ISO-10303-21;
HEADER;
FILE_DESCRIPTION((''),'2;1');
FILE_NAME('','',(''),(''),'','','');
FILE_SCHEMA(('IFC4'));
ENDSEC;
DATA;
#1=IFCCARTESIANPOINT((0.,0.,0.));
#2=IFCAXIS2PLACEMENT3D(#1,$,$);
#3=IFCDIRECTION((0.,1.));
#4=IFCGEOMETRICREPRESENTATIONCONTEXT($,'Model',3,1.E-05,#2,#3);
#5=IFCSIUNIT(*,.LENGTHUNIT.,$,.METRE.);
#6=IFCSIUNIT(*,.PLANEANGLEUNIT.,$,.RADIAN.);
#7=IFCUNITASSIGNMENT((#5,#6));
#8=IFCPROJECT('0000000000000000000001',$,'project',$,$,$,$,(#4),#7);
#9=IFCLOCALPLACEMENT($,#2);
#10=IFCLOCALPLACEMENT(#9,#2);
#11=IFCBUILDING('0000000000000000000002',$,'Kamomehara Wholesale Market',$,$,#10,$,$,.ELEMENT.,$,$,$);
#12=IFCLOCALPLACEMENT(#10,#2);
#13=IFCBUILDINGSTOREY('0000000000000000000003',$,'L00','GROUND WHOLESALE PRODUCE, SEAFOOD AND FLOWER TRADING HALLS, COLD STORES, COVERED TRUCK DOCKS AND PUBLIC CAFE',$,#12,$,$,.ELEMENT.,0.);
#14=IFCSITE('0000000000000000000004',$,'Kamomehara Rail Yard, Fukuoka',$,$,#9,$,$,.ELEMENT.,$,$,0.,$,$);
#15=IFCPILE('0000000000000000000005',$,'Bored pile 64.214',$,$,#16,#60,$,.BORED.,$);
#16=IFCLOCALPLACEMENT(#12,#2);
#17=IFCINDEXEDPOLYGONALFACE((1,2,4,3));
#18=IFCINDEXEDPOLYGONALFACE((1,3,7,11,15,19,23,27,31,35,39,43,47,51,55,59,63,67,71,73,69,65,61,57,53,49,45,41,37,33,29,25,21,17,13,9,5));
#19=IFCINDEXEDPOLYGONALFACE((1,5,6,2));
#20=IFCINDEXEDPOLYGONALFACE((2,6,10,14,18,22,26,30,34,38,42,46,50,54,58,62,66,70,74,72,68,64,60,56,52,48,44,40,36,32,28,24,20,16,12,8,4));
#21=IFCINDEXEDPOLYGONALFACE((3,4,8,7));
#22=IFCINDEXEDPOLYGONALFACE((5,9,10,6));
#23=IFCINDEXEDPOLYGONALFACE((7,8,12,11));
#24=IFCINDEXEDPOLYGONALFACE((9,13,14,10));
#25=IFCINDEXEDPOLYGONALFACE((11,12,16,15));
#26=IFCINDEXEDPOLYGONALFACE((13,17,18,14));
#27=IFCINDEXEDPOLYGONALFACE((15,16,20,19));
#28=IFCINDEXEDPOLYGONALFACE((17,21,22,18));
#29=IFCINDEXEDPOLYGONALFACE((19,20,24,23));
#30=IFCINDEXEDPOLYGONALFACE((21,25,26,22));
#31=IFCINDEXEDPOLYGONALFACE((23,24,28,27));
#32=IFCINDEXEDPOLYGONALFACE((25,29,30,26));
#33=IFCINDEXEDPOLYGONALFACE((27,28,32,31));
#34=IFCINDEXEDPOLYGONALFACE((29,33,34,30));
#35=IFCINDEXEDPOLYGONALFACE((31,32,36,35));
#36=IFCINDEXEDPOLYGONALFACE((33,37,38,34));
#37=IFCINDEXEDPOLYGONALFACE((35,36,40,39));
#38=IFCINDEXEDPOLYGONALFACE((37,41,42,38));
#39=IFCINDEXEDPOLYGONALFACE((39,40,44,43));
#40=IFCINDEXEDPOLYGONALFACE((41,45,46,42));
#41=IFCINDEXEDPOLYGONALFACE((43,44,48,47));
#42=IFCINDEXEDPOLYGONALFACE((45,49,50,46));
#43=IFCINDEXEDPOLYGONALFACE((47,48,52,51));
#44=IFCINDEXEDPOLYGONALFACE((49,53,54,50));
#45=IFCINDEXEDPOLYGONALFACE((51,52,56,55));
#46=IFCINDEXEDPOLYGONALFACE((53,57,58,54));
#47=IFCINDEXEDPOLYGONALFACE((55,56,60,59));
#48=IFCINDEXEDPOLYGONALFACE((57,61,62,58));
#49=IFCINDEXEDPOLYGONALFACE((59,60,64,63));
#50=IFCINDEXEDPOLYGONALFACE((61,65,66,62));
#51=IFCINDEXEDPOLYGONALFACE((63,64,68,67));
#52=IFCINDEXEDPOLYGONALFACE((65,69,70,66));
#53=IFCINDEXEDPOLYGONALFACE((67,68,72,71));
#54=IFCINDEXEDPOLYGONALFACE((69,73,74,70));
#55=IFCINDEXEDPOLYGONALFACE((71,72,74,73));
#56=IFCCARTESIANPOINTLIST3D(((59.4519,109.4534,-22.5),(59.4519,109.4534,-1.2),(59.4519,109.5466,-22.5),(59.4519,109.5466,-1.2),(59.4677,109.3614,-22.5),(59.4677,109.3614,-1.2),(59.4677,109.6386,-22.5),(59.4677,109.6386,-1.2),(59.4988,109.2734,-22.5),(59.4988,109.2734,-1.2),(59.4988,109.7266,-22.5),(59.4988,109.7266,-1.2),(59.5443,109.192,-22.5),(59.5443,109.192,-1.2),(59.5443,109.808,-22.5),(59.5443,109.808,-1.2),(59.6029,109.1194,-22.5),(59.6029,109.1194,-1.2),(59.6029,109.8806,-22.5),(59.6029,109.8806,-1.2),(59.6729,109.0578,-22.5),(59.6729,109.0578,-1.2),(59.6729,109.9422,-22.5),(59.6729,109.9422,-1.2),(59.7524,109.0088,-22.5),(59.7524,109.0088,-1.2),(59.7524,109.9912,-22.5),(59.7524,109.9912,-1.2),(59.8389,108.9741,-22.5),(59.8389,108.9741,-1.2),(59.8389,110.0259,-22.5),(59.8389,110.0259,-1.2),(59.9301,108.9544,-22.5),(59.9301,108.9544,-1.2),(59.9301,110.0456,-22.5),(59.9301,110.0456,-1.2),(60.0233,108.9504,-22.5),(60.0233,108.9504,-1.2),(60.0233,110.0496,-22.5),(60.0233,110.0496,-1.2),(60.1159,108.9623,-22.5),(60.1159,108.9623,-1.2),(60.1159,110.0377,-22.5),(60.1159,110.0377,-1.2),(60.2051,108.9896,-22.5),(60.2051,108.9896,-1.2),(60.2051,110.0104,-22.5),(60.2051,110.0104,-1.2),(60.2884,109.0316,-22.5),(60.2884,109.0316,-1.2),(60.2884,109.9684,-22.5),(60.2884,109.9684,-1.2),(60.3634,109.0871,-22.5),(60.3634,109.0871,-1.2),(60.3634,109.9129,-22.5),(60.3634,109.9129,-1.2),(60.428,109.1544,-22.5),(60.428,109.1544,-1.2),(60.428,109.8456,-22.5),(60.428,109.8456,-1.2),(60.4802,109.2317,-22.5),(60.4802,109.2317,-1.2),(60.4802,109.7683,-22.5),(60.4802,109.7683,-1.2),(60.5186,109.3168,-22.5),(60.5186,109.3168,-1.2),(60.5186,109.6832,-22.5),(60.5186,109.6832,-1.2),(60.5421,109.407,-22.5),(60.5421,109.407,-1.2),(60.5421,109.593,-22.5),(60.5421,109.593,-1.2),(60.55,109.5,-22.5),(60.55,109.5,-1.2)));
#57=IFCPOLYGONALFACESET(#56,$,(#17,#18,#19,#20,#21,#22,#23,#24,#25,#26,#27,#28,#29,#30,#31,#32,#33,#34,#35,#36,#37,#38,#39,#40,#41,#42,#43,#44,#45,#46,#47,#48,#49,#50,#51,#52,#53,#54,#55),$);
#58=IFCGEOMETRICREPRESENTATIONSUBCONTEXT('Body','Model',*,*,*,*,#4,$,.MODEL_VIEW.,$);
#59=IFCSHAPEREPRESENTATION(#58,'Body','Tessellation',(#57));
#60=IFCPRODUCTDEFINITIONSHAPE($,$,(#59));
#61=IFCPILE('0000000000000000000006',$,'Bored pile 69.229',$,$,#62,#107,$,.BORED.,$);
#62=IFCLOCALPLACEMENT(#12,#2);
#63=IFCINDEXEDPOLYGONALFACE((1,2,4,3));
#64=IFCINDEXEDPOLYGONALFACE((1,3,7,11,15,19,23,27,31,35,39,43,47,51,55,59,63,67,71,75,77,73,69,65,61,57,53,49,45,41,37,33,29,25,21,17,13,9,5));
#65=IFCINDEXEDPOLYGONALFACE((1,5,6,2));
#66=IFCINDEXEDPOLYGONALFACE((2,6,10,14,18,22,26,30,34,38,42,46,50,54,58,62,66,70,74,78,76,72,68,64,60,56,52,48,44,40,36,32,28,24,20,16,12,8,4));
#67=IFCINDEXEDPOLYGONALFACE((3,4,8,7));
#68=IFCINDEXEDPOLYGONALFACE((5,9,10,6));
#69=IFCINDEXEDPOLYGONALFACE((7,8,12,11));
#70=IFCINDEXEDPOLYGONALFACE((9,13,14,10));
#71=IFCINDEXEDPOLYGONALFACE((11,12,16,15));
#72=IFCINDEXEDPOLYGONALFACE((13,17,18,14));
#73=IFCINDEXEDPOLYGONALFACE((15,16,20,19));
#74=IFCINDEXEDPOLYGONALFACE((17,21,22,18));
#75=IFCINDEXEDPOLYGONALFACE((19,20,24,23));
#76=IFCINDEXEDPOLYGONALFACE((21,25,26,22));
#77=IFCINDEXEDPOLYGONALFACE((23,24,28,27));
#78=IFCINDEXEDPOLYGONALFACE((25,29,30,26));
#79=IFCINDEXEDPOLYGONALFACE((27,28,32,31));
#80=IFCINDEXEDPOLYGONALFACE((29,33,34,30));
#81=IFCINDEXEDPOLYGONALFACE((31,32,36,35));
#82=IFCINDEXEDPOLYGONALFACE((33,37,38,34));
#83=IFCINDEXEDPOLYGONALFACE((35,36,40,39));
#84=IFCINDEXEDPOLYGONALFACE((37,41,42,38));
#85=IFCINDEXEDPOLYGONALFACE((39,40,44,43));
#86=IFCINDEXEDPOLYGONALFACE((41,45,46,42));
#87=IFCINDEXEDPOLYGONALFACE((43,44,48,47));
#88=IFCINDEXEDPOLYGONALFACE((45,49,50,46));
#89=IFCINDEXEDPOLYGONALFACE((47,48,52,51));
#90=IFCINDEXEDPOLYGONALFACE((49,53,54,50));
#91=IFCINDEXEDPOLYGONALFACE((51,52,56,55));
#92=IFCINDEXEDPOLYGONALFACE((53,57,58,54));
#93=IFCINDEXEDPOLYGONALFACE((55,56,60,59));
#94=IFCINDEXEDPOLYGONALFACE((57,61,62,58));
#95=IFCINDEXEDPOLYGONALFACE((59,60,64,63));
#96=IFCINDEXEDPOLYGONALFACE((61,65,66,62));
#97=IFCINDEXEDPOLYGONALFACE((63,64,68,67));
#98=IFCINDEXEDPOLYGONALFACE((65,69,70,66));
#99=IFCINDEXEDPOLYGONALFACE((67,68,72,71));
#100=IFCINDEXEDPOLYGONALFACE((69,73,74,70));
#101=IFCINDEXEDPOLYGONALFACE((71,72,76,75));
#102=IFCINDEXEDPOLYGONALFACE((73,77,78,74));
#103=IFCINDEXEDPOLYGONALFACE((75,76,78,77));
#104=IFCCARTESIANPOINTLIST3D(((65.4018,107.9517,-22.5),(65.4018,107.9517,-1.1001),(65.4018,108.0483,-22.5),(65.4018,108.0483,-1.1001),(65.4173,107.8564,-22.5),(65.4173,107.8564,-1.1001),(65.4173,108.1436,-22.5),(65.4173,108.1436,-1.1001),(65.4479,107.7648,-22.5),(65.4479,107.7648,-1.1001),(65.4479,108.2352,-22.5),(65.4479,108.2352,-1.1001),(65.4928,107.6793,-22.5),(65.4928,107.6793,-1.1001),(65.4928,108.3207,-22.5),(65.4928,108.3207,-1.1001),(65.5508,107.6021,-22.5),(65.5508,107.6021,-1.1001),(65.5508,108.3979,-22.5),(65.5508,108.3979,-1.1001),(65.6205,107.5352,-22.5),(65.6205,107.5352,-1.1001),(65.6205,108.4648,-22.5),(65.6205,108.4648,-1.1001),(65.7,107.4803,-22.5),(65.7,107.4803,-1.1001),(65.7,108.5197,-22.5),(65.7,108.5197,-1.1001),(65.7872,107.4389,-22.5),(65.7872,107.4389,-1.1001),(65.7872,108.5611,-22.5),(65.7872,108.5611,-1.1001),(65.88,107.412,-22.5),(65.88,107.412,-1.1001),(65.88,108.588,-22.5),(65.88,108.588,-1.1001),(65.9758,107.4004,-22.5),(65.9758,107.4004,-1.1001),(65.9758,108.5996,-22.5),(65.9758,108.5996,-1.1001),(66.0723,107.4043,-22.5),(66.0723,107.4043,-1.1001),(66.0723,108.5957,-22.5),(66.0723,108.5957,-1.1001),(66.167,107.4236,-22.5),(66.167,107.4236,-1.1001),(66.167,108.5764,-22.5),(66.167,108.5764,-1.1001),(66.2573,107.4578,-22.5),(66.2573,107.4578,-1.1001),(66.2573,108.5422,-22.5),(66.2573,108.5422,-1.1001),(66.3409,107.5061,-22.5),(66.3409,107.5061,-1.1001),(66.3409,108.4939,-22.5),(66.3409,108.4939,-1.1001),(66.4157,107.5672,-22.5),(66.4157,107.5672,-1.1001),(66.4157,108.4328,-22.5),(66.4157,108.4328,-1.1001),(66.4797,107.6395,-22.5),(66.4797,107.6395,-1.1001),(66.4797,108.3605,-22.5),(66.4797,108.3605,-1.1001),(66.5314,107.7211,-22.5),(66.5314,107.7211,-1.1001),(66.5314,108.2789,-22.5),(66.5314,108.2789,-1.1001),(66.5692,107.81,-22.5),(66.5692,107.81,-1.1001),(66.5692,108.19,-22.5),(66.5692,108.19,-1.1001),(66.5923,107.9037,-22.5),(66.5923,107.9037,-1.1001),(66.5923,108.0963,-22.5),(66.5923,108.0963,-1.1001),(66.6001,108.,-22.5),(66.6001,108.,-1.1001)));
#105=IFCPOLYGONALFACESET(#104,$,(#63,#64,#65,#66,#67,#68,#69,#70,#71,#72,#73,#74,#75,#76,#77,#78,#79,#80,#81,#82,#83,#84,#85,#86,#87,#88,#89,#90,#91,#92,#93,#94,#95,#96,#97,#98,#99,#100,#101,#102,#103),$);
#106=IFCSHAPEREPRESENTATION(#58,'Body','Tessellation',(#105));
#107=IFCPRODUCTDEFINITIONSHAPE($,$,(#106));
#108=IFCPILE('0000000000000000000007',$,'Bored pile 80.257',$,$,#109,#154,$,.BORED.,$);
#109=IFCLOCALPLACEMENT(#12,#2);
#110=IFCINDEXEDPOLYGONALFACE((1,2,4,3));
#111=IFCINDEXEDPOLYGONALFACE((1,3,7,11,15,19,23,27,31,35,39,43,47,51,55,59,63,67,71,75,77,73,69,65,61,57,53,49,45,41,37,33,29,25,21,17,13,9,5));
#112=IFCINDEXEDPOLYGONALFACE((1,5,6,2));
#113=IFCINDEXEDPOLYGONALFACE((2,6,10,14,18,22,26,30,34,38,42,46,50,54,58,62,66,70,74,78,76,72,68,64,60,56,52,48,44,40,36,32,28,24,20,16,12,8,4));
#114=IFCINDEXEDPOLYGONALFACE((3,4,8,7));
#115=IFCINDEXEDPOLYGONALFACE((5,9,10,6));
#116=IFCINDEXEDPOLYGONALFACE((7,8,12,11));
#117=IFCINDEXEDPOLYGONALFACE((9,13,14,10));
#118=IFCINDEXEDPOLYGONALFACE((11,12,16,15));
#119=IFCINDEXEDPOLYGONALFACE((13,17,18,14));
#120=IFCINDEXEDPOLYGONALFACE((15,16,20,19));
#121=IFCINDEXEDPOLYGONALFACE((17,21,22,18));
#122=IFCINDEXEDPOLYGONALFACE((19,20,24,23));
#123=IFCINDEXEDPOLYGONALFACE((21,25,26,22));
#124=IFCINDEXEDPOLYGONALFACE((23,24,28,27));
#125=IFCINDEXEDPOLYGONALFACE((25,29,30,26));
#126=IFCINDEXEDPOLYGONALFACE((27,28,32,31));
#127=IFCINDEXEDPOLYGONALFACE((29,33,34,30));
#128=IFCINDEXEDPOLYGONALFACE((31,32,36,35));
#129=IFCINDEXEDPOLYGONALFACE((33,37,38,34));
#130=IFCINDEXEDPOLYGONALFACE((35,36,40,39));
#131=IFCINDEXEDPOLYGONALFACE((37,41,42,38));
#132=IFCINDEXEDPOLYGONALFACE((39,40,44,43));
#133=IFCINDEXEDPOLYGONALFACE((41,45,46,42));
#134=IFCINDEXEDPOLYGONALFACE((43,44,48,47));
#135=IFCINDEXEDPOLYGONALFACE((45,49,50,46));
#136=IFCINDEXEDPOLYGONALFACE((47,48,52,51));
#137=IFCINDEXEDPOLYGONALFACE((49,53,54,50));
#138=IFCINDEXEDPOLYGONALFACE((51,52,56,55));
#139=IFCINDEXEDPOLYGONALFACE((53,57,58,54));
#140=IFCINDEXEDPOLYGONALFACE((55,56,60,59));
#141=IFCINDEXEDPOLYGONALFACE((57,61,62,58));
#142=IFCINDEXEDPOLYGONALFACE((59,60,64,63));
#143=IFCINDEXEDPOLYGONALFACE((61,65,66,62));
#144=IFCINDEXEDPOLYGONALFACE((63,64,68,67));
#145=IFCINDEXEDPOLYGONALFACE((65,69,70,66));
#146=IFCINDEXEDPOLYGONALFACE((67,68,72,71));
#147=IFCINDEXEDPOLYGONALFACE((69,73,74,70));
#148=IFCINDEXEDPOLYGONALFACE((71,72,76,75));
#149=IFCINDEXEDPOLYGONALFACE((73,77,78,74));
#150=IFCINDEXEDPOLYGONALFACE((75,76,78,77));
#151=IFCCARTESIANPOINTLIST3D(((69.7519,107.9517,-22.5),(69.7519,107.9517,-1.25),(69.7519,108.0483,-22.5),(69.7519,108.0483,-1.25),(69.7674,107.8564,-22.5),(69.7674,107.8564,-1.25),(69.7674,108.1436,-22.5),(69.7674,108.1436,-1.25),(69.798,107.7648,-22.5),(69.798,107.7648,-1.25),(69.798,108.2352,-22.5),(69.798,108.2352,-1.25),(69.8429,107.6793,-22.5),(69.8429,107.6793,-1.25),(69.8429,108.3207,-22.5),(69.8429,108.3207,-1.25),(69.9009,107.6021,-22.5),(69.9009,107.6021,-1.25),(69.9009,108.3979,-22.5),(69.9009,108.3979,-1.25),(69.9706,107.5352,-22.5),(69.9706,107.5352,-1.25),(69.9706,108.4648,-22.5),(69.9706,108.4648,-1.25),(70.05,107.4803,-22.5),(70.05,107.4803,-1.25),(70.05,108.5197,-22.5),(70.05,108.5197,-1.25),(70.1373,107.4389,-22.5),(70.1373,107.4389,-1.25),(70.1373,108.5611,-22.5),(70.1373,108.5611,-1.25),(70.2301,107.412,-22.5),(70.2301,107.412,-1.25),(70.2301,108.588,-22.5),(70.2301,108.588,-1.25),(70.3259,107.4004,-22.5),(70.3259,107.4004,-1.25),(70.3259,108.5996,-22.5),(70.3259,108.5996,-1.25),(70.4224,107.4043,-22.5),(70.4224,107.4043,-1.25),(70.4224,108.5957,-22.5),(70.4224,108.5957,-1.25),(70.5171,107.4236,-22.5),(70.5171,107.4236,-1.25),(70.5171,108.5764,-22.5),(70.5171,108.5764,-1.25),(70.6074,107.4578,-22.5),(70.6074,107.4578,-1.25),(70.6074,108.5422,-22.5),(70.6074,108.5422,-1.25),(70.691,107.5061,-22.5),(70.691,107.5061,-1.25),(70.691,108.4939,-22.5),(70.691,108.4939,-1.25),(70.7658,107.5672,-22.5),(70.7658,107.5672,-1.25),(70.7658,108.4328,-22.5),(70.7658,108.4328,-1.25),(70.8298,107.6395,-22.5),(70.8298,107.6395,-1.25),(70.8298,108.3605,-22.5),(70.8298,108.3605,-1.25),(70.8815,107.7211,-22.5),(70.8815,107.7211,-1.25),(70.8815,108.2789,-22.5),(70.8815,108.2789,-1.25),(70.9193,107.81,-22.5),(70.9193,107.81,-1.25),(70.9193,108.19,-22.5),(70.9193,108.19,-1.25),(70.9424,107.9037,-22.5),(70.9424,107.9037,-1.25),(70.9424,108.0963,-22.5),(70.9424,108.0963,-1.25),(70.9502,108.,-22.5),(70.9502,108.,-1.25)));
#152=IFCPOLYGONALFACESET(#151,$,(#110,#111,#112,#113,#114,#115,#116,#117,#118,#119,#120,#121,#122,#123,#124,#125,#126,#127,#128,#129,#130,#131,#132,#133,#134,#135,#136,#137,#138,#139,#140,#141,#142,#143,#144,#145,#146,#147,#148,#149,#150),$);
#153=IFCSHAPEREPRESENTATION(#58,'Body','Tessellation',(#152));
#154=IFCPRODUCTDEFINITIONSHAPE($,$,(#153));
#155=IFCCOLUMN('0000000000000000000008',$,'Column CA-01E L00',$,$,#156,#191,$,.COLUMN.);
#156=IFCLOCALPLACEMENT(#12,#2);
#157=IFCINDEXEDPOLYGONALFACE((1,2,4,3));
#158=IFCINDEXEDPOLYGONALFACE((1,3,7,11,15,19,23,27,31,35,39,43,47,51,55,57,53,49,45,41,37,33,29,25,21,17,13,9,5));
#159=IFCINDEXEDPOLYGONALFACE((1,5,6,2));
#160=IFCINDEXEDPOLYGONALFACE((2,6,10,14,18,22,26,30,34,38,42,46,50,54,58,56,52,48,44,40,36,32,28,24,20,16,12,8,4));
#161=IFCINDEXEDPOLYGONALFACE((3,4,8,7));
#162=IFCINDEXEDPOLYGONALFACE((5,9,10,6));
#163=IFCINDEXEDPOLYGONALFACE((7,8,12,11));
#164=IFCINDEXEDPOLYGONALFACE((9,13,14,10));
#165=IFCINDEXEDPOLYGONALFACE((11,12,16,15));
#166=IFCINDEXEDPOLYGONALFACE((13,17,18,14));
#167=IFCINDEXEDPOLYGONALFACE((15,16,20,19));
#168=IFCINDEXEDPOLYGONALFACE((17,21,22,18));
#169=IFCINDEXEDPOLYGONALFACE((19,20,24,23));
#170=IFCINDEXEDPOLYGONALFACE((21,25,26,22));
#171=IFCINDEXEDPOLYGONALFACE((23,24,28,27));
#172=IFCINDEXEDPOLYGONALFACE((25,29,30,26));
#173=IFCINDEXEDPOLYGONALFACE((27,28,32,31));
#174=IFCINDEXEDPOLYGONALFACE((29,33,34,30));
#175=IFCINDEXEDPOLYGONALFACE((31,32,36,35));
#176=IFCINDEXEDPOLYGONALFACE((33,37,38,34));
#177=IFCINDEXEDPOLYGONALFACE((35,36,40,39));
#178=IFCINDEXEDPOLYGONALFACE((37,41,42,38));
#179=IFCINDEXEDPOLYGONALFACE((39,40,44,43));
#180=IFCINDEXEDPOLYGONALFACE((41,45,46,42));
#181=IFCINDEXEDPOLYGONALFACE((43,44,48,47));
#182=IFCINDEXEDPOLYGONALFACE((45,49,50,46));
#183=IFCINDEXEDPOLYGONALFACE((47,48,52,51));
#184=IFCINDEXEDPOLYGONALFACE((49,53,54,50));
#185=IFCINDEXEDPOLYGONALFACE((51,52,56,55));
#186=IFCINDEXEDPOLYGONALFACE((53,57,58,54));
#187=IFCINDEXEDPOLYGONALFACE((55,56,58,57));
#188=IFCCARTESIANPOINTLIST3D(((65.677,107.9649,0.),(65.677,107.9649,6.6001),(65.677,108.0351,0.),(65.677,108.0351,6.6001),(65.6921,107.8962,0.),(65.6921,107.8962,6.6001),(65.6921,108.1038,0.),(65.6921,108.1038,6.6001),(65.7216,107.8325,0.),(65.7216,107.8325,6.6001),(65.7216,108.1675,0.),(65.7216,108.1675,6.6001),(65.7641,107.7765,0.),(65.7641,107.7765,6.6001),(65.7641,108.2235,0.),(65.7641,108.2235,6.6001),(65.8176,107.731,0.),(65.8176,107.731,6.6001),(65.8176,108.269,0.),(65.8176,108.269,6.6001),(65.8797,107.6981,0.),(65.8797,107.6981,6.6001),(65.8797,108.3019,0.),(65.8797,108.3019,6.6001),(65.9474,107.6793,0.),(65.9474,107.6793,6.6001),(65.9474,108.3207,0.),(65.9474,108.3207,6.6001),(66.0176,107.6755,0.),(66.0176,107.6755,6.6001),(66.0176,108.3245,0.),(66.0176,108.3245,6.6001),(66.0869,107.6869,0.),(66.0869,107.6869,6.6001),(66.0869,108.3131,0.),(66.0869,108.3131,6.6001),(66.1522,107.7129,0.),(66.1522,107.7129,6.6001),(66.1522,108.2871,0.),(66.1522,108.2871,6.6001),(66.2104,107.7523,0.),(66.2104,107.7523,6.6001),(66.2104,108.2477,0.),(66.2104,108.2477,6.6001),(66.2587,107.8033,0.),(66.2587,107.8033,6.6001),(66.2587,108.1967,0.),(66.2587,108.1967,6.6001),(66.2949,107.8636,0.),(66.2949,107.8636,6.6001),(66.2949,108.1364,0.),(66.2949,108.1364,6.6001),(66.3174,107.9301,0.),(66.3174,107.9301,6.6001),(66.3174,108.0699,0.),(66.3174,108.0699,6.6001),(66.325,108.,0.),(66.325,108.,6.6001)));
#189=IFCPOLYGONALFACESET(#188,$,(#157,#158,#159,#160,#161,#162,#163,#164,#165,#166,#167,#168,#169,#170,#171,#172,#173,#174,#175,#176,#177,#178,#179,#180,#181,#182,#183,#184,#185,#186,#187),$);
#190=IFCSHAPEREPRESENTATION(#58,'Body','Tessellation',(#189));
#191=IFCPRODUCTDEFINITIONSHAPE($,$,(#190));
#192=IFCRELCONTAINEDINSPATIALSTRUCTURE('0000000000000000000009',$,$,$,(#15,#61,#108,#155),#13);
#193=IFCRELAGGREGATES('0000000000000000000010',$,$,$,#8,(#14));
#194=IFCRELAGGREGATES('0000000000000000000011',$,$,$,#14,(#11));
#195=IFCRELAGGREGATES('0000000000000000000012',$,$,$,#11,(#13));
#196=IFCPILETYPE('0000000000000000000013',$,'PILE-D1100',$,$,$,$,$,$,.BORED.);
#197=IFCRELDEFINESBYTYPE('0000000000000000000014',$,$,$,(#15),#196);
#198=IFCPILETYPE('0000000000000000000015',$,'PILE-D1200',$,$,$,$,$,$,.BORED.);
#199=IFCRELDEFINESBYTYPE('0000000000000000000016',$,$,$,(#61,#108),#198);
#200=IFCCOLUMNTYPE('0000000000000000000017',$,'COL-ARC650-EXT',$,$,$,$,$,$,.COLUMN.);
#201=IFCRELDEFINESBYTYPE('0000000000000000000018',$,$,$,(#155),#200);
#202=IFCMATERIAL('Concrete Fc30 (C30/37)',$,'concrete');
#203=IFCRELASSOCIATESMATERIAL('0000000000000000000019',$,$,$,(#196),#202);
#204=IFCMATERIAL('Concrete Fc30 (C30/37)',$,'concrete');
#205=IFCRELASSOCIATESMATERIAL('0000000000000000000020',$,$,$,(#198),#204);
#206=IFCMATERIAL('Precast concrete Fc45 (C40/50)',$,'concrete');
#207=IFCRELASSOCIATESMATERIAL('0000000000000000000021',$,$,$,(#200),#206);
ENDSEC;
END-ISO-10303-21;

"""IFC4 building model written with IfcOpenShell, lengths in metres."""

from ifc_helpers import new_model, si_unit, direction, frame, origin, origin_2d, place, context, subcontext, project, spatial, circle, extrude, material, material_profile, profile_set, type_object, element, save


model = new_model("IFC4")

# Units and contexts
model_context = context("Model", 3, precision=1e-05, world=origin(), true_north=direction((0.0, 1.0)))
body_context = subcontext(model_context, "Body", "Model", "MODEL_VIEW")
ifc_project = project(units=[si_unit("LENGTHUNIT", "METRE"), si_unit("PLANEANGLEUNIT", "RADIAN")], contexts=[model_context])

# Site, building, storey
site_placement = place(None, origin())
site = spatial("IfcSite", under=ifc_project, at=site_placement, Name="Kamomehara Rail Yard, Fukuoka", CompositionType="ELEMENT", RefElevation=0.0)
building_placement = place(site_placement, origin())
building = spatial("IfcBuilding", under=site, at=building_placement, Name="Kamomehara Wholesale Market", CompositionType="ELEMENT")
storey_placement = place(building_placement, origin())
storey = spatial("IfcBuildingStorey", under=building, at=storey_placement, Name="L00", Description="GROUND WHOLESALE PRODUCE, SEAFOOD AND FLOWER TRADING HALLS, COLD STORES, COVERED TRUCK DOCKS AND PUBLIC CAFE", CompositionType="ELEMENT", Elevation=0.0)

# Piles
ifc_material_1 = material(Name="Concrete Fc30 (C30/37)", Category="concrete")
ifc_material_profile_1 = material_profile(ifc_material_1, circle(Radius=0.55, at=origin_2d()), Name="RC-PILE-D1100")
ifc_profile_set_1 = profile_set([ifc_material_profile_1], Name="Concrete Fc30 (C30/37)")
pile_type_1 = type_object("IfcPileType", Name="PILE-D1100", PredefinedType="BORED", material=ifc_profile_set_1)
for number, where, z_axis, x_axis, name in (
    (1, (60.0, 109.5, -1.2), (0.0, 0.0, -1.0), (1.0, 0.0, 0.0), "Bored pile 64.214"),
):
    element("IfcPile", number, at=place(storey_placement, frame(where, z_axis=z_axis, x_axis=x_axis)), inside=storey, type_object=pile_type_1, Name=name, PredefinedType="BORED", context=body_context, shape_type="SweptSolid", body=[
        extrude(circle(Radius=0.55, at=origin_2d()), origin(), (0.0, 0.0, 1.0), 21.3),
    ])
ifc_material_2 = material(Name="Concrete Fc30 (C30/37)", Category="concrete")
ifc_material_profile_2 = material_profile(ifc_material_2, circle(Radius=0.6001, at=origin_2d()), Name="RC-PILE-D1200")
ifc_profile_set_2 = profile_set([ifc_material_profile_2], Name="Concrete Fc30 (C30/37)")
pile_type_2 = type_object("IfcPileType", Name="PILE-D1200", PredefinedType="BORED", material=ifc_profile_set_2)
pile_1_placement = place(storey_placement, frame((66.0, 108.0, -1.1001), z_axis=(0.0, 0.0, -1.0), x_axis=(1.0, 0.0, 0.0)))
element("IfcPile", 2, at=pile_1_placement, inside=storey, type_object=pile_type_2, Name="Bored pile 69.229", PredefinedType="BORED", context=body_context, shape_type="SweptSolid", body=[
    extrude(circle(Radius=0.6001, at=origin_2d()), origin(), (0.0, 0.0, 1.0), 21.3999),
])
pile_2_placement = place(storey_placement, frame((70.3501, 108.0, -1.25), z_axis=(0.0, 0.0, -1.0), x_axis=(1.0, 0.0, 0.0)))
element("IfcPile", 3, at=pile_2_placement, inside=storey, type_object=pile_type_2, Name="Bored pile 80.257", PredefinedType="BORED", context=body_context, shape_type="SweptSolid", body=[
    extrude(circle(Radius=0.6001, at=origin_2d()), origin(), (0.0, 0.0, 1.0), 21.25),
])

# Column
ifc_material_3 = material(Name="Precast concrete Fc45 (C40/50)", Category="concrete")
ifc_material_profile_3 = material_profile(ifc_material_3, circle(Radius=0.325, at=origin_2d()), Name="PC-ARC-D650")
ifc_profile_set_3 = profile_set([ifc_material_profile_3], Name="Precast concrete Fc45 (C40/50)")
column_type_1 = type_object("IfcColumnType", Name="COL-ARC650-EXT", PredefinedType="COLUMN", material=ifc_profile_set_3)
column_1_placement = place(storey_placement, frame((66.0, 108.0, 0.0), z_axis=(0.0, 0.0, 1.0), x_axis=(1.0, 0.0, 0.0)))
element("IfcColumn", 4, at=column_1_placement, inside=storey, type_object=column_type_1, Name="Column CA-01E L00", PredefinedType="COLUMN", context=body_context, shape_type="SweptSolid", body=[
    extrude(circle(Radius=0.325, at=origin_2d()), origin(), (0.0, 0.0, 1.0), 6.6001),
])

save(model, "model.ifc")
